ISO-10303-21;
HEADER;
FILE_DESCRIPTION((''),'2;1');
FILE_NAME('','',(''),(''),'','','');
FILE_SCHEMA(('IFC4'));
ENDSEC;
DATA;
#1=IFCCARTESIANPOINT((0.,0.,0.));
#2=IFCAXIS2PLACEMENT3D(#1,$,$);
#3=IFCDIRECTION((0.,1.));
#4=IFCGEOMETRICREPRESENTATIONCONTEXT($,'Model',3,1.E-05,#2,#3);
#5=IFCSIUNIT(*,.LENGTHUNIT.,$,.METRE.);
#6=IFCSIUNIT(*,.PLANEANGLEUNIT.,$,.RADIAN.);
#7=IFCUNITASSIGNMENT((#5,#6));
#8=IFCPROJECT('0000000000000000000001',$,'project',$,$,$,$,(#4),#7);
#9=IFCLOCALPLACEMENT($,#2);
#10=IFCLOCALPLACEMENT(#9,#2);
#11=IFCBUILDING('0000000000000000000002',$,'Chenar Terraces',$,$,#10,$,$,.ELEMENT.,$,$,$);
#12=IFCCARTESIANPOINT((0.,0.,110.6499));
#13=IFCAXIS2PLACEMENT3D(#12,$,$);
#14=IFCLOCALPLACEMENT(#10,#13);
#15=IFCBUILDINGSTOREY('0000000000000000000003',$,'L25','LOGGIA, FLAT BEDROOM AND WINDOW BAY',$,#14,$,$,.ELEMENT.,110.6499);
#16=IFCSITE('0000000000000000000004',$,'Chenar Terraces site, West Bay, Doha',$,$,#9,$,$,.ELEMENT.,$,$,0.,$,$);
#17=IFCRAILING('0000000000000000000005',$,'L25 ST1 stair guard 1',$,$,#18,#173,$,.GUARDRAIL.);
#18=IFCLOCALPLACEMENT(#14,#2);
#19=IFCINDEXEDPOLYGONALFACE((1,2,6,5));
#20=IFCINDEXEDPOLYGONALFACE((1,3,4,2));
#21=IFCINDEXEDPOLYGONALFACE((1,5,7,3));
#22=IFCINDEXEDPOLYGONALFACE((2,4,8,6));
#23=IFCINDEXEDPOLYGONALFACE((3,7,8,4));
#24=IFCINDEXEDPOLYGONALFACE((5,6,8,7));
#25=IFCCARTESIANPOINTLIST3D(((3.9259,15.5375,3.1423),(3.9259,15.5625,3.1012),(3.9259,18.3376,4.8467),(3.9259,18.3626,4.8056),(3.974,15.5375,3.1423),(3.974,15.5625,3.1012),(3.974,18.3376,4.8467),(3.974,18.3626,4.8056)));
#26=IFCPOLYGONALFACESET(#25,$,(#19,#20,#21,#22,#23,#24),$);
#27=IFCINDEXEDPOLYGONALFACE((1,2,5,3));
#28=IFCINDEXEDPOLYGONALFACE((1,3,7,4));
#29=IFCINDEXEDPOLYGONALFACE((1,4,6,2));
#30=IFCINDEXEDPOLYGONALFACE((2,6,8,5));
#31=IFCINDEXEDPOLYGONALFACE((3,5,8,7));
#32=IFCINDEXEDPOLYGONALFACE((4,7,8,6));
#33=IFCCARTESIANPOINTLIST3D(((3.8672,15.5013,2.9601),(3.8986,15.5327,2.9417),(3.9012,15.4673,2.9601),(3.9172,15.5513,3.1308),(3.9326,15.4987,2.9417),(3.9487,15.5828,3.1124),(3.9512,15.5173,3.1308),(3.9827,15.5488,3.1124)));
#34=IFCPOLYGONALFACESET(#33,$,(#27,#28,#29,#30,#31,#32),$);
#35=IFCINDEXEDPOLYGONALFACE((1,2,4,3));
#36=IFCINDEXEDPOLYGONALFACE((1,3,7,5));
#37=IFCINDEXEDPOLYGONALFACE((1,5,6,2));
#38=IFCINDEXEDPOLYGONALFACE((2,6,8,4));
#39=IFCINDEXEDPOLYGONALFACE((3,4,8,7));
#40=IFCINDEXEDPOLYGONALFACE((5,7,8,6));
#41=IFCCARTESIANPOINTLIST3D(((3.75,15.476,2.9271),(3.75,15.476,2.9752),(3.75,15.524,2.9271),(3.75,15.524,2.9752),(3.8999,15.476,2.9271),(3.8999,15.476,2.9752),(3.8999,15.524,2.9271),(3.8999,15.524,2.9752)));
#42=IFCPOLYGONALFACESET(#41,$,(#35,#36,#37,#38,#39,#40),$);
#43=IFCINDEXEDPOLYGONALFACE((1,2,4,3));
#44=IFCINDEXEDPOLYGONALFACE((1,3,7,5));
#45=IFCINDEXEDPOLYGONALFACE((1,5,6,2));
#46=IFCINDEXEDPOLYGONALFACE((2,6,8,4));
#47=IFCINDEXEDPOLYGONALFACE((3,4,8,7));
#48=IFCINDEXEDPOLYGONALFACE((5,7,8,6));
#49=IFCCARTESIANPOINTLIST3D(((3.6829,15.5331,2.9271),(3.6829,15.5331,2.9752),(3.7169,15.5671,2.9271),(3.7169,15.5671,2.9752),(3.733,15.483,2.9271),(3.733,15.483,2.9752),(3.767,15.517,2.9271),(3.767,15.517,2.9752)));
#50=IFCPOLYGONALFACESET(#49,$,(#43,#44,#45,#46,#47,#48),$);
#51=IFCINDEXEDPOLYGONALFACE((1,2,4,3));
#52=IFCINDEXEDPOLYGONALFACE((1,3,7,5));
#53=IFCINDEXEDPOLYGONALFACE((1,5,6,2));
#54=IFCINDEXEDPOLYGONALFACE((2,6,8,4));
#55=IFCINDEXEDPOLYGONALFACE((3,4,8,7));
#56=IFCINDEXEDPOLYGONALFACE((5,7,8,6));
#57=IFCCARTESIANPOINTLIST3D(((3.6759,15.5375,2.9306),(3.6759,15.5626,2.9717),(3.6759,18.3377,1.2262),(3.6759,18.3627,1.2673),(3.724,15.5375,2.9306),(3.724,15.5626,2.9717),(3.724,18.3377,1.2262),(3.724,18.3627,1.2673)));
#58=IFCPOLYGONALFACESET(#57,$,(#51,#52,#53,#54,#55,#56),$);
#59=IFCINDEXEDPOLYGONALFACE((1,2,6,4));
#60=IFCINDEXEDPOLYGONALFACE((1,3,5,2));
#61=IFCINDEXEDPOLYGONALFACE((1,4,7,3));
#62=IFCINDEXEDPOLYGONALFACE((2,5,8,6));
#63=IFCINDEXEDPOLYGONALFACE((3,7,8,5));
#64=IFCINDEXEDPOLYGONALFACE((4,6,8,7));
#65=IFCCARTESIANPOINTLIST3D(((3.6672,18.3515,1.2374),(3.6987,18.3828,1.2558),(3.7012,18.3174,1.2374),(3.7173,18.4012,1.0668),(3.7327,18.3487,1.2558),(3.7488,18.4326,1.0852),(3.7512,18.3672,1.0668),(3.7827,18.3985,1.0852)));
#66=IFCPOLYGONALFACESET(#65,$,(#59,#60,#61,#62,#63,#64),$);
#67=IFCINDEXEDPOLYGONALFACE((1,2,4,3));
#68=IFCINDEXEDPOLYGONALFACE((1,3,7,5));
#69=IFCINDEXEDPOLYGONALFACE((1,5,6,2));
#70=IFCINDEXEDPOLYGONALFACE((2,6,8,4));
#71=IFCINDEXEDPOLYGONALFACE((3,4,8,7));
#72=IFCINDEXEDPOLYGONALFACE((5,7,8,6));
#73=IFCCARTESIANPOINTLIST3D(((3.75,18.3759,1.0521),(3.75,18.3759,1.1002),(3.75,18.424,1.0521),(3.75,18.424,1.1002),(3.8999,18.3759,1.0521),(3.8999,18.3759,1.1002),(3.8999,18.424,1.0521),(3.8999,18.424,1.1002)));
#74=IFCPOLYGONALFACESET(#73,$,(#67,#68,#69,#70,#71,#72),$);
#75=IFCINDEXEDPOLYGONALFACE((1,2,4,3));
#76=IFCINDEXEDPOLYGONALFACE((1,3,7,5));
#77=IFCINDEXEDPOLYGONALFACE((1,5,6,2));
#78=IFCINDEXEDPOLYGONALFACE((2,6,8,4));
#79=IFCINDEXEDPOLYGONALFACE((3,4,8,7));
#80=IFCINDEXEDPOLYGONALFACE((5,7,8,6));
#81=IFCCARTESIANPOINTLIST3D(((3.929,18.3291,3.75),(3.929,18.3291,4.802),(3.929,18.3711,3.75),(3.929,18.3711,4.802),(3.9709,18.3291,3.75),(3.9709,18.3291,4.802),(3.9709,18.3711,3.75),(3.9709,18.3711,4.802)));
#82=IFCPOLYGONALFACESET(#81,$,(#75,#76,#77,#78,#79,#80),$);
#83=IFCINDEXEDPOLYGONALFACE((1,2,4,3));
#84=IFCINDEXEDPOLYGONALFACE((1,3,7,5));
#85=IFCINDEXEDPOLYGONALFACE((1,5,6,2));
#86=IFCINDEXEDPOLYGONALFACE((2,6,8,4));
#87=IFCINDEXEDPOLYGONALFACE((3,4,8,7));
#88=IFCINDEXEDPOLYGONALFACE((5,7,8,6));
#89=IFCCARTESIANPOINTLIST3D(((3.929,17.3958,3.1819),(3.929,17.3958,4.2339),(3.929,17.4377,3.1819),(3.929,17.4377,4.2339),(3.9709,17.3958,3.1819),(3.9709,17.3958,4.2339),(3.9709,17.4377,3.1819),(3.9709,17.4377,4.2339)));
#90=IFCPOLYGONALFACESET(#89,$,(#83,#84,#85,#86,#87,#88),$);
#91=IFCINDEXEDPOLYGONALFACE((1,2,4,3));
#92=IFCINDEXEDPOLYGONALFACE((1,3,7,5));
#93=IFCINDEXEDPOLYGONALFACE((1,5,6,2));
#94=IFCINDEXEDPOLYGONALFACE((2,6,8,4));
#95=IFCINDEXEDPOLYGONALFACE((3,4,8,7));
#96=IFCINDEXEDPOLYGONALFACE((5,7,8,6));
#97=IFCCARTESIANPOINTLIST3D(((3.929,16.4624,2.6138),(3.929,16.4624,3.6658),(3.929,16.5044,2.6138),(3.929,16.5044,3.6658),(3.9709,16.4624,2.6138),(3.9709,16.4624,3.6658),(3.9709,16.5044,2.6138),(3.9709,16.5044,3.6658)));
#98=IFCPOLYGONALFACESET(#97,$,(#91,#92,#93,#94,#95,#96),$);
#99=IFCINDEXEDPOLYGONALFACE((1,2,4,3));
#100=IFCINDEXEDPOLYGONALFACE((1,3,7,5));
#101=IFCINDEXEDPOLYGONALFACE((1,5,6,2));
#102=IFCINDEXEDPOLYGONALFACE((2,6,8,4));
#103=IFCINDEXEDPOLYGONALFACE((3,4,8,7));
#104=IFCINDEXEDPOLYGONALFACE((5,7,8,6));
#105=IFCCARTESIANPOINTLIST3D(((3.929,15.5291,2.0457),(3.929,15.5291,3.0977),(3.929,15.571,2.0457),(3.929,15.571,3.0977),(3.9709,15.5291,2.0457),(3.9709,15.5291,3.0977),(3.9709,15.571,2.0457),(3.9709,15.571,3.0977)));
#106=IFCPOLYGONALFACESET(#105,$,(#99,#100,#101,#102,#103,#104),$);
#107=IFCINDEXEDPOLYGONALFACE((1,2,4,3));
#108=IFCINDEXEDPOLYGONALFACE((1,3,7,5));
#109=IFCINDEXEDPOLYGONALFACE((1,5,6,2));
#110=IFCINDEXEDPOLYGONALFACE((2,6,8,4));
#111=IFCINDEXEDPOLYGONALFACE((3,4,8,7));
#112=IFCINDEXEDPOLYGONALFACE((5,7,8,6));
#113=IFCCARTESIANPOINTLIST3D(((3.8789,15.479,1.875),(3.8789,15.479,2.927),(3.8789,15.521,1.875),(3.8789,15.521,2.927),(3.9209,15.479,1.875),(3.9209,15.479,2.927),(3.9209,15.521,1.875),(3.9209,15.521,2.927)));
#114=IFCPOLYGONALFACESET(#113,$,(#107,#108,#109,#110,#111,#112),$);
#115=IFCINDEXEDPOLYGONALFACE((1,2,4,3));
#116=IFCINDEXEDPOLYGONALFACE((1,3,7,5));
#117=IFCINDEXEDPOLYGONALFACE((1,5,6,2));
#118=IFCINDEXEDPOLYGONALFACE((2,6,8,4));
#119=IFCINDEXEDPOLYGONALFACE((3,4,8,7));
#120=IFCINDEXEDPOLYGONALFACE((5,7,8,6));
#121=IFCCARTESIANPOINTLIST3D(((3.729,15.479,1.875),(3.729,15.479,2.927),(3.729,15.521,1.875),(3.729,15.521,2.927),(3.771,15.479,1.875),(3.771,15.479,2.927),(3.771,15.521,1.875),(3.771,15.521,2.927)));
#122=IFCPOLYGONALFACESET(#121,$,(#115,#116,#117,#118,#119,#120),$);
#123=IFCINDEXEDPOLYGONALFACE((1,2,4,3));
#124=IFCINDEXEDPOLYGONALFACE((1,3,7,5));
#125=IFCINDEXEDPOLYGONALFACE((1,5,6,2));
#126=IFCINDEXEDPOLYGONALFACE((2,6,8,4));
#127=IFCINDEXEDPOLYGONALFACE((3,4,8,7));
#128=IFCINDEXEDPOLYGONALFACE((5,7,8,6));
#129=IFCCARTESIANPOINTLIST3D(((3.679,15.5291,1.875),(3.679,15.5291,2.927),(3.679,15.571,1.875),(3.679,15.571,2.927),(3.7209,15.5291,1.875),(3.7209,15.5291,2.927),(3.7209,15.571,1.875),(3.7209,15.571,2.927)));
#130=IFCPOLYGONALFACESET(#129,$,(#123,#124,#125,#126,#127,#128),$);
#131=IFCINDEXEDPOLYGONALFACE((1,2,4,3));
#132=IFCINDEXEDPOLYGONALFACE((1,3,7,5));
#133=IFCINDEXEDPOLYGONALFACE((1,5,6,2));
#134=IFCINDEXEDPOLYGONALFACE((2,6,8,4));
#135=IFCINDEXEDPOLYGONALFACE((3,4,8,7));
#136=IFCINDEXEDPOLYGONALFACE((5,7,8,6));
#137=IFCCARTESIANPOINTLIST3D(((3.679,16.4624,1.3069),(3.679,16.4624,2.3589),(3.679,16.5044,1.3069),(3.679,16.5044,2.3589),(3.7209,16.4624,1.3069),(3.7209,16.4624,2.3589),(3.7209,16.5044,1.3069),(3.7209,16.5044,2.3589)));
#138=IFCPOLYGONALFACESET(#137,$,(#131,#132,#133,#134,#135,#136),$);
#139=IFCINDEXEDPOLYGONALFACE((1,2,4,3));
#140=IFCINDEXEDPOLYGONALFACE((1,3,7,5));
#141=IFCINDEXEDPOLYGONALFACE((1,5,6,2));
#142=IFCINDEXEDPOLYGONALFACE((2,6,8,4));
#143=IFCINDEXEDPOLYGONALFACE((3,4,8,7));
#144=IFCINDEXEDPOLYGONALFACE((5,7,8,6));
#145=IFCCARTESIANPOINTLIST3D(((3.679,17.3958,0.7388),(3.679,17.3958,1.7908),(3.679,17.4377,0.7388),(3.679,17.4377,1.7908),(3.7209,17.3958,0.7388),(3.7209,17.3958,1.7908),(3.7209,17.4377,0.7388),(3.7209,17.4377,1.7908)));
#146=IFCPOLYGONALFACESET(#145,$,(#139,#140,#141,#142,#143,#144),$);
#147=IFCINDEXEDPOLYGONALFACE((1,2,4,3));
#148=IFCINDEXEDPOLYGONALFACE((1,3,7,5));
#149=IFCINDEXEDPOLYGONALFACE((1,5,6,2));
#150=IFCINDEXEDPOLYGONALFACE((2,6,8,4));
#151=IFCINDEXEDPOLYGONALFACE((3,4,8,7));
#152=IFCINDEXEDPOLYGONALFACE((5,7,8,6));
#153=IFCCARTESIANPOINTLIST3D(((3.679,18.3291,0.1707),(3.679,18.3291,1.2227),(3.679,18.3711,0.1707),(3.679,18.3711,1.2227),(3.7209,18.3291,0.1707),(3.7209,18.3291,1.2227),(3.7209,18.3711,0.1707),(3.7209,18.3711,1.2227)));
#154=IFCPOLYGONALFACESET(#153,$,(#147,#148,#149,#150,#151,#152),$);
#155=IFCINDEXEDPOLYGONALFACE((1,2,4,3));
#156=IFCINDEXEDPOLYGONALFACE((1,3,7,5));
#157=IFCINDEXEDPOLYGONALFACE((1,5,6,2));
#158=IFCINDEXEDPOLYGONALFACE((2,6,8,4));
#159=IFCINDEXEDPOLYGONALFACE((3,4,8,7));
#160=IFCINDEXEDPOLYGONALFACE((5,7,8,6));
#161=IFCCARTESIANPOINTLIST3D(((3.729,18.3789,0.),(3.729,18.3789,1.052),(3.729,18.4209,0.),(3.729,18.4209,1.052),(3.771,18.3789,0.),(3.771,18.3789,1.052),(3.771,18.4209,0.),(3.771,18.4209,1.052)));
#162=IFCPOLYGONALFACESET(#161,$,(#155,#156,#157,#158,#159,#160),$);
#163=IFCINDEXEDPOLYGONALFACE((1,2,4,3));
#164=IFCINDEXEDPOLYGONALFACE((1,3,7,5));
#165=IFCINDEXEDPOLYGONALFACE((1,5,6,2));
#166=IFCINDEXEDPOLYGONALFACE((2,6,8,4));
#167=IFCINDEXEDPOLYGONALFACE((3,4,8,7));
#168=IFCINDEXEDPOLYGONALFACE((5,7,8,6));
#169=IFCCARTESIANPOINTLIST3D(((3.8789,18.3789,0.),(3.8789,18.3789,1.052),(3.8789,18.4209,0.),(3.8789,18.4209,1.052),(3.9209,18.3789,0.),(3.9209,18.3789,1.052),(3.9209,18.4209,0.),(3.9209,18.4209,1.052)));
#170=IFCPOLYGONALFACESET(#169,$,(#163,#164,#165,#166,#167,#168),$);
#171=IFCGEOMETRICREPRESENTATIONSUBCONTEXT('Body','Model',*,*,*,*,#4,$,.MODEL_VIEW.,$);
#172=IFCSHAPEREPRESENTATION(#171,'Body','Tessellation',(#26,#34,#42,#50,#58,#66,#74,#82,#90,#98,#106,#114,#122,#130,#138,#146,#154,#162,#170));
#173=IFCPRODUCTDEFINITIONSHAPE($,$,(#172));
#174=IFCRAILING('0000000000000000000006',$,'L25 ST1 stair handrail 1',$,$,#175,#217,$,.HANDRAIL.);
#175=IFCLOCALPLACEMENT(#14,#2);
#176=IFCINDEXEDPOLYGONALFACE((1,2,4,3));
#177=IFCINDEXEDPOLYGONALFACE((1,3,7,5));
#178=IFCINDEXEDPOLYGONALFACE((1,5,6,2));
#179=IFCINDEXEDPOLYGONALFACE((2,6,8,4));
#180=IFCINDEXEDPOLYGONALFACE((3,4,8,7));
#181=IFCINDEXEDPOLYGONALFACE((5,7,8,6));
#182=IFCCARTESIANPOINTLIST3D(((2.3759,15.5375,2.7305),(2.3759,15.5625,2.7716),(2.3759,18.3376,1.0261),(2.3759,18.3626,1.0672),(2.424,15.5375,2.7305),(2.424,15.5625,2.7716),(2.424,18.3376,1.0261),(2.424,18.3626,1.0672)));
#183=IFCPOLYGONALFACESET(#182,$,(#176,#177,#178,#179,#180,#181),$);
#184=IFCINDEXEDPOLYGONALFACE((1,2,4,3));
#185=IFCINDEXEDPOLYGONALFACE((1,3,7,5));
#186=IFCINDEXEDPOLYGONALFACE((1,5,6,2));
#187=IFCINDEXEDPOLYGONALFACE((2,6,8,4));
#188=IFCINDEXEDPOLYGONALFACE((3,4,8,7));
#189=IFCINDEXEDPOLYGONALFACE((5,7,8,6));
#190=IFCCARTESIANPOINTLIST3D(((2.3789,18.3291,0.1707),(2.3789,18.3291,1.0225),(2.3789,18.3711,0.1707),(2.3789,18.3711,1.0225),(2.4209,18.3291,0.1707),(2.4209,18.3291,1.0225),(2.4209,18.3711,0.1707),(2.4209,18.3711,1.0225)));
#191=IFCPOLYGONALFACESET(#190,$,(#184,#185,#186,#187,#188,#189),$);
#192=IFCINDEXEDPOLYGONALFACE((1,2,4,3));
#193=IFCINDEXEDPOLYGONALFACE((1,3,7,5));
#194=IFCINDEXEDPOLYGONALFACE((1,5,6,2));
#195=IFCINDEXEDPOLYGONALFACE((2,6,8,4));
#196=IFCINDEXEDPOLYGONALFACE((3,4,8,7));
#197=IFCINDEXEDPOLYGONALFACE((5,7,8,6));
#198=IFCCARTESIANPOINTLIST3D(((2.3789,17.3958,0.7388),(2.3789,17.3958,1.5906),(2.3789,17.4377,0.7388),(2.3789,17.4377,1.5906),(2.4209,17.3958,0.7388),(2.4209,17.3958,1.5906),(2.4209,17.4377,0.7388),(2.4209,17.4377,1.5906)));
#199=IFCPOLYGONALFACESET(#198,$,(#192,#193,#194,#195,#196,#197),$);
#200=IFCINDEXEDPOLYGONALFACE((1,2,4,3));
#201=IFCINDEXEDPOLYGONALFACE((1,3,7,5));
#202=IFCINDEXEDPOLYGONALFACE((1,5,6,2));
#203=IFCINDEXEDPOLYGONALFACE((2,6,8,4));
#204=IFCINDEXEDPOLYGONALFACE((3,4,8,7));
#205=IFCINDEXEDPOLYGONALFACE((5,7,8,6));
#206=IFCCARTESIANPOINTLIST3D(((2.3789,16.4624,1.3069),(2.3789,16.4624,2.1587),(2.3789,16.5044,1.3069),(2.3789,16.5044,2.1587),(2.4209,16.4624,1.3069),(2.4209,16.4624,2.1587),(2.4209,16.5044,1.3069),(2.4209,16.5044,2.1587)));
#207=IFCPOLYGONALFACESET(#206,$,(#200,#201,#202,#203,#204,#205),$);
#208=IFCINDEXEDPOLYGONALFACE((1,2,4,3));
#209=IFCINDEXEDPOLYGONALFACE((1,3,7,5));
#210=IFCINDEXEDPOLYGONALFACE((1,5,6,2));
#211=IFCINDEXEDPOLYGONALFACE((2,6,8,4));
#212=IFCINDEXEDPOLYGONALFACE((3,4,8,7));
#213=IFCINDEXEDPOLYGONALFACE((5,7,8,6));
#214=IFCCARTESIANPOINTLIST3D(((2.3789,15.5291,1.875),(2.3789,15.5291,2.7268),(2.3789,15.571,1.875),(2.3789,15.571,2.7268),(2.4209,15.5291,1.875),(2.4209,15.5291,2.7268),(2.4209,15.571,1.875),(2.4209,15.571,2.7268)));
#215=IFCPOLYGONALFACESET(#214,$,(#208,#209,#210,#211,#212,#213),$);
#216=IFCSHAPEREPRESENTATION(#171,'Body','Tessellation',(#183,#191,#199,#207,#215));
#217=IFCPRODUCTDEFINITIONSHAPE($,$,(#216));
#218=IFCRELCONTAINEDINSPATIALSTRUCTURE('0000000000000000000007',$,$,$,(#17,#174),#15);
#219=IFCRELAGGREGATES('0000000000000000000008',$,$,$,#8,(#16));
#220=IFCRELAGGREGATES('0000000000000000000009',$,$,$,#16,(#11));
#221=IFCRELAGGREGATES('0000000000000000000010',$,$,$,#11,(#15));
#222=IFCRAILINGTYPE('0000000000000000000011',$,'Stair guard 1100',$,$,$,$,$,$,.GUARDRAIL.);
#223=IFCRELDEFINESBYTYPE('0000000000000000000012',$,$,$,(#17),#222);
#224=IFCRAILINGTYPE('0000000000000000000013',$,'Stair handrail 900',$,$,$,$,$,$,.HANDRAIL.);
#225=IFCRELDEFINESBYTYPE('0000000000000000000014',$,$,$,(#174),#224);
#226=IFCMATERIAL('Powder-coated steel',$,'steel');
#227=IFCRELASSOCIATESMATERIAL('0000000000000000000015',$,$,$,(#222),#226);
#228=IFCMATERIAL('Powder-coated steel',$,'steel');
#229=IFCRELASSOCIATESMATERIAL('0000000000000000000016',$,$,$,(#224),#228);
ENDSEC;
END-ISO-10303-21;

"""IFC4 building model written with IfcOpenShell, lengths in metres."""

from ifc_helpers import new_model, si_unit, direction, frame, origin, origin_2d, place, context, subcontext, project, spatial, rectangle, extrude, material, type_object, element, save


model = new_model("IFC4")

# Units and contexts
model_context = context("Model", 3, precision=1e-05, world=origin(), true_north=direction((0.0, 1.0)))
body_context = subcontext(model_context, "Body", "Model", "MODEL_VIEW")
ifc_project = project(units=[si_unit("LENGTHUNIT", "METRE"), si_unit("PLANEANGLEUNIT", "RADIAN")], contexts=[model_context])

# Site, building, storey
site_placement = place(None, origin())
site = spatial("IfcSite", under=ifc_project, at=site_placement, Name="Chenar Terraces site, West Bay, Doha", CompositionType="ELEMENT", RefElevation=0.0)
building_placement = place(site_placement, origin())
building = spatial("IfcBuilding", under=site, at=building_placement, Name="Chenar Terraces", CompositionType="ELEMENT")
storey_placement = place(building_placement, frame((0.0, 0.0, 110.6499)))
storey = spatial("IfcBuildingStorey", under=building, at=storey_placement, Name="L25", Description="LOGGIA, FLAT BEDROOM AND WINDOW BAY", CompositionType="ELEMENT", Elevation=110.6499)

# Railings
ifc_material_1 = material(Name="Powder-coated steel", Category="steel")
railing_type_1 = type_object("IfcRailingType", Name="Stair guard 1100", PredefinedType="GUARDRAIL", material=ifc_material_1)
railing_1_placement = place(storey_placement, frame((3.95, 18.3501, 3.75)))
element("IfcRailing", 1, at=railing_1_placement, inside=storey, type_object=railing_type_1, Name="L25 ST1 stair guard 1", PredefinedType="GUARDRAIL", context=body_context, shape_type="SweptSolid", body=[
    extrude(rectangle(XDim=0.0481, YDim=0.0481, at=origin_2d()), frame((0.0, 0.0, 1.0762), z_axis=(0.0, -0.854203, -0.51994), x_axis=(1.0, 0.0, 0.0)), (0.0, 0.0, 1.0), 3.2781),
    extrude(rectangle(XDim=0.0481, YDim=0.0481, at=origin_2d()), frame((0.0, -2.8, -0.6284), z_axis=(-0.2709, -0.2709, -0.923703), x_axis=(0.707107, -0.707107, 0.0)), (0.0, 0.0, 1.0), 0.1848),
    extrude(rectangle(XDim=0.0481, YDim=0.0481, at=origin_2d()), frame((-0.05, -2.8501, -0.7988), z_axis=(-1.0, 0.0, 0.0), x_axis=(0.0, -1.0, 0.0)), (0.0, 0.0, 1.0), 0.1499),
    extrude(rectangle(XDim=0.0481, YDim=0.0481, at=origin_2d()), frame((-0.2, -2.8501, -0.7988), z_axis=(-0.707107, 0.707107, 0.0), x_axis=(-0.707107, -0.707107, 0.0)), (0.0, 0.0, 1.0), 0.0708),
    extrude(rectangle(XDim=0.0481, YDim=0.0481, at=origin_2d()), frame((-0.25, -2.8, -0.7988), z_axis=(0.0, 0.854203, -0.51994), x_axis=(-1.0, 0.0, 0.0)), (0.0, 0.0, 1.0), 3.2781),
    extrude(rectangle(XDim=0.0481, YDim=0.0481, at=origin_2d()), frame((-0.25, 0.0, -2.5034), z_axis=(0.270997, 0.269675, -0.924033), x_axis=(-0.705376, 0.708834, 0.0)), (0.0, 0.0, 1.0), 0.1846),
    extrude(rectangle(XDim=0.0481, YDim=0.0481, at=origin_2d()), frame((-0.2, 0.0498, -2.6738), z_axis=(1.0, 0.0, 0.0), x_axis=(0.0, 1.0, 0.0)), (0.0, 0.0, 1.0), 0.1499),
    extrude(rectangle(XDim=0.042, YDim=0.042, at=origin_2d()), origin(), (0.0, 0.0, 1.0), 1.052),
    extrude(rectangle(XDim=0.042, YDim=0.042, at=origin_2d()), frame((0.0, -0.9333, -0.5681)), (0.0, 0.0, 1.0), 1.052),
    extrude(rectangle(XDim=0.042, YDim=0.042, at=origin_2d()), frame((0.0, -1.8667, -1.1362)), (0.0, 0.0, 1.0), 1.052),
    extrude(rectangle(XDim=0.042, YDim=0.042, at=origin_2d()), frame((0.0, -2.8, -1.7043)), (0.0, 0.0, 1.0), 1.052),
    extrude(rectangle(XDim=0.042, YDim=0.042, at=origin_2d()), frame((-0.05, -2.8501, -1.875)), (0.0, 0.0, 1.0), 1.052),
    extrude(rectangle(XDim=0.042, YDim=0.042, at=origin_2d()), frame((-0.2, -2.8501, -1.875)), (0.0, 0.0, 1.0), 1.052),
    extrude(rectangle(XDim=0.042, YDim=0.042, at=origin_2d()), frame((-0.25, -2.8, -1.875)), (0.0, 0.0, 1.0), 1.052),
    extrude(rectangle(XDim=0.042, YDim=0.042, at=origin_2d()), frame((-0.25, -1.8667, -2.4431)), (0.0, 0.0, 1.0), 1.052),
    extrude(rectangle(XDim=0.042, YDim=0.042, at=origin_2d()), frame((-0.25, -0.9333, -3.0112)), (0.0, 0.0, 1.0), 1.052),
    extrude(rectangle(XDim=0.042, YDim=0.042, at=origin_2d()), frame((-0.25, 0.0, -3.5793)), (0.0, 0.0, 1.0), 1.052),
    extrude(rectangle(XDim=0.042, YDim=0.042, at=origin_2d()), frame((-0.2, 0.0498, -3.75)), (0.0, 0.0, 1.0), 1.052),
    extrude(rectangle(XDim=0.042, YDim=0.042, at=origin_2d()), frame((-0.05, 0.0498, -3.75)), (0.0, 0.0, 1.0), 1.052),
])
ifc_material_2 = material(Name="Powder-coated steel", Category="steel")
railing_type_2 = type_object("IfcRailingType", Name="Stair handrail 900", PredefinedType="HANDRAIL", material=ifc_material_2)
railing_2_placement = place(storey_placement, frame((2.3999, 18.3501, 0.1707)))
element("IfcRailing", 2, at=railing_2_placement, inside=storey, type_object=railing_type_2, Name="L25 ST1 stair handrail 1", PredefinedType="HANDRAIL", context=body_context, shape_type="SweptSolid", body=[
    extrude(rectangle(XDim=0.0481, YDim=0.0481, at=origin_2d()), frame((0.0, 0.0, 0.876), z_axis=(0.0, -0.854203, 0.51994), x_axis=(1.0, 0.0, 0.0)), (0.0, 0.0, 1.0), 3.2781),
    extrude(rectangle(XDim=0.042, YDim=0.042, at=origin_2d()), origin(), (0.0, 0.0, 1.0), 0.8518),
    extrude(rectangle(XDim=0.042, YDim=0.042, at=origin_2d()), frame((0.0, -0.9333, 0.5681)), (0.0, 0.0, 1.0), 0.8518),
    extrude(rectangle(XDim=0.042, YDim=0.042, at=origin_2d()), frame((0.0, -1.8667, 1.1362)), (0.0, 0.0, 1.0), 0.8518),
    extrude(rectangle(XDim=0.042, YDim=0.042, at=origin_2d()), frame((0.0, -2.8, 1.7043)), (0.0, 0.0, 1.0), 0.8518),
])

save(model, "model.ifc")
